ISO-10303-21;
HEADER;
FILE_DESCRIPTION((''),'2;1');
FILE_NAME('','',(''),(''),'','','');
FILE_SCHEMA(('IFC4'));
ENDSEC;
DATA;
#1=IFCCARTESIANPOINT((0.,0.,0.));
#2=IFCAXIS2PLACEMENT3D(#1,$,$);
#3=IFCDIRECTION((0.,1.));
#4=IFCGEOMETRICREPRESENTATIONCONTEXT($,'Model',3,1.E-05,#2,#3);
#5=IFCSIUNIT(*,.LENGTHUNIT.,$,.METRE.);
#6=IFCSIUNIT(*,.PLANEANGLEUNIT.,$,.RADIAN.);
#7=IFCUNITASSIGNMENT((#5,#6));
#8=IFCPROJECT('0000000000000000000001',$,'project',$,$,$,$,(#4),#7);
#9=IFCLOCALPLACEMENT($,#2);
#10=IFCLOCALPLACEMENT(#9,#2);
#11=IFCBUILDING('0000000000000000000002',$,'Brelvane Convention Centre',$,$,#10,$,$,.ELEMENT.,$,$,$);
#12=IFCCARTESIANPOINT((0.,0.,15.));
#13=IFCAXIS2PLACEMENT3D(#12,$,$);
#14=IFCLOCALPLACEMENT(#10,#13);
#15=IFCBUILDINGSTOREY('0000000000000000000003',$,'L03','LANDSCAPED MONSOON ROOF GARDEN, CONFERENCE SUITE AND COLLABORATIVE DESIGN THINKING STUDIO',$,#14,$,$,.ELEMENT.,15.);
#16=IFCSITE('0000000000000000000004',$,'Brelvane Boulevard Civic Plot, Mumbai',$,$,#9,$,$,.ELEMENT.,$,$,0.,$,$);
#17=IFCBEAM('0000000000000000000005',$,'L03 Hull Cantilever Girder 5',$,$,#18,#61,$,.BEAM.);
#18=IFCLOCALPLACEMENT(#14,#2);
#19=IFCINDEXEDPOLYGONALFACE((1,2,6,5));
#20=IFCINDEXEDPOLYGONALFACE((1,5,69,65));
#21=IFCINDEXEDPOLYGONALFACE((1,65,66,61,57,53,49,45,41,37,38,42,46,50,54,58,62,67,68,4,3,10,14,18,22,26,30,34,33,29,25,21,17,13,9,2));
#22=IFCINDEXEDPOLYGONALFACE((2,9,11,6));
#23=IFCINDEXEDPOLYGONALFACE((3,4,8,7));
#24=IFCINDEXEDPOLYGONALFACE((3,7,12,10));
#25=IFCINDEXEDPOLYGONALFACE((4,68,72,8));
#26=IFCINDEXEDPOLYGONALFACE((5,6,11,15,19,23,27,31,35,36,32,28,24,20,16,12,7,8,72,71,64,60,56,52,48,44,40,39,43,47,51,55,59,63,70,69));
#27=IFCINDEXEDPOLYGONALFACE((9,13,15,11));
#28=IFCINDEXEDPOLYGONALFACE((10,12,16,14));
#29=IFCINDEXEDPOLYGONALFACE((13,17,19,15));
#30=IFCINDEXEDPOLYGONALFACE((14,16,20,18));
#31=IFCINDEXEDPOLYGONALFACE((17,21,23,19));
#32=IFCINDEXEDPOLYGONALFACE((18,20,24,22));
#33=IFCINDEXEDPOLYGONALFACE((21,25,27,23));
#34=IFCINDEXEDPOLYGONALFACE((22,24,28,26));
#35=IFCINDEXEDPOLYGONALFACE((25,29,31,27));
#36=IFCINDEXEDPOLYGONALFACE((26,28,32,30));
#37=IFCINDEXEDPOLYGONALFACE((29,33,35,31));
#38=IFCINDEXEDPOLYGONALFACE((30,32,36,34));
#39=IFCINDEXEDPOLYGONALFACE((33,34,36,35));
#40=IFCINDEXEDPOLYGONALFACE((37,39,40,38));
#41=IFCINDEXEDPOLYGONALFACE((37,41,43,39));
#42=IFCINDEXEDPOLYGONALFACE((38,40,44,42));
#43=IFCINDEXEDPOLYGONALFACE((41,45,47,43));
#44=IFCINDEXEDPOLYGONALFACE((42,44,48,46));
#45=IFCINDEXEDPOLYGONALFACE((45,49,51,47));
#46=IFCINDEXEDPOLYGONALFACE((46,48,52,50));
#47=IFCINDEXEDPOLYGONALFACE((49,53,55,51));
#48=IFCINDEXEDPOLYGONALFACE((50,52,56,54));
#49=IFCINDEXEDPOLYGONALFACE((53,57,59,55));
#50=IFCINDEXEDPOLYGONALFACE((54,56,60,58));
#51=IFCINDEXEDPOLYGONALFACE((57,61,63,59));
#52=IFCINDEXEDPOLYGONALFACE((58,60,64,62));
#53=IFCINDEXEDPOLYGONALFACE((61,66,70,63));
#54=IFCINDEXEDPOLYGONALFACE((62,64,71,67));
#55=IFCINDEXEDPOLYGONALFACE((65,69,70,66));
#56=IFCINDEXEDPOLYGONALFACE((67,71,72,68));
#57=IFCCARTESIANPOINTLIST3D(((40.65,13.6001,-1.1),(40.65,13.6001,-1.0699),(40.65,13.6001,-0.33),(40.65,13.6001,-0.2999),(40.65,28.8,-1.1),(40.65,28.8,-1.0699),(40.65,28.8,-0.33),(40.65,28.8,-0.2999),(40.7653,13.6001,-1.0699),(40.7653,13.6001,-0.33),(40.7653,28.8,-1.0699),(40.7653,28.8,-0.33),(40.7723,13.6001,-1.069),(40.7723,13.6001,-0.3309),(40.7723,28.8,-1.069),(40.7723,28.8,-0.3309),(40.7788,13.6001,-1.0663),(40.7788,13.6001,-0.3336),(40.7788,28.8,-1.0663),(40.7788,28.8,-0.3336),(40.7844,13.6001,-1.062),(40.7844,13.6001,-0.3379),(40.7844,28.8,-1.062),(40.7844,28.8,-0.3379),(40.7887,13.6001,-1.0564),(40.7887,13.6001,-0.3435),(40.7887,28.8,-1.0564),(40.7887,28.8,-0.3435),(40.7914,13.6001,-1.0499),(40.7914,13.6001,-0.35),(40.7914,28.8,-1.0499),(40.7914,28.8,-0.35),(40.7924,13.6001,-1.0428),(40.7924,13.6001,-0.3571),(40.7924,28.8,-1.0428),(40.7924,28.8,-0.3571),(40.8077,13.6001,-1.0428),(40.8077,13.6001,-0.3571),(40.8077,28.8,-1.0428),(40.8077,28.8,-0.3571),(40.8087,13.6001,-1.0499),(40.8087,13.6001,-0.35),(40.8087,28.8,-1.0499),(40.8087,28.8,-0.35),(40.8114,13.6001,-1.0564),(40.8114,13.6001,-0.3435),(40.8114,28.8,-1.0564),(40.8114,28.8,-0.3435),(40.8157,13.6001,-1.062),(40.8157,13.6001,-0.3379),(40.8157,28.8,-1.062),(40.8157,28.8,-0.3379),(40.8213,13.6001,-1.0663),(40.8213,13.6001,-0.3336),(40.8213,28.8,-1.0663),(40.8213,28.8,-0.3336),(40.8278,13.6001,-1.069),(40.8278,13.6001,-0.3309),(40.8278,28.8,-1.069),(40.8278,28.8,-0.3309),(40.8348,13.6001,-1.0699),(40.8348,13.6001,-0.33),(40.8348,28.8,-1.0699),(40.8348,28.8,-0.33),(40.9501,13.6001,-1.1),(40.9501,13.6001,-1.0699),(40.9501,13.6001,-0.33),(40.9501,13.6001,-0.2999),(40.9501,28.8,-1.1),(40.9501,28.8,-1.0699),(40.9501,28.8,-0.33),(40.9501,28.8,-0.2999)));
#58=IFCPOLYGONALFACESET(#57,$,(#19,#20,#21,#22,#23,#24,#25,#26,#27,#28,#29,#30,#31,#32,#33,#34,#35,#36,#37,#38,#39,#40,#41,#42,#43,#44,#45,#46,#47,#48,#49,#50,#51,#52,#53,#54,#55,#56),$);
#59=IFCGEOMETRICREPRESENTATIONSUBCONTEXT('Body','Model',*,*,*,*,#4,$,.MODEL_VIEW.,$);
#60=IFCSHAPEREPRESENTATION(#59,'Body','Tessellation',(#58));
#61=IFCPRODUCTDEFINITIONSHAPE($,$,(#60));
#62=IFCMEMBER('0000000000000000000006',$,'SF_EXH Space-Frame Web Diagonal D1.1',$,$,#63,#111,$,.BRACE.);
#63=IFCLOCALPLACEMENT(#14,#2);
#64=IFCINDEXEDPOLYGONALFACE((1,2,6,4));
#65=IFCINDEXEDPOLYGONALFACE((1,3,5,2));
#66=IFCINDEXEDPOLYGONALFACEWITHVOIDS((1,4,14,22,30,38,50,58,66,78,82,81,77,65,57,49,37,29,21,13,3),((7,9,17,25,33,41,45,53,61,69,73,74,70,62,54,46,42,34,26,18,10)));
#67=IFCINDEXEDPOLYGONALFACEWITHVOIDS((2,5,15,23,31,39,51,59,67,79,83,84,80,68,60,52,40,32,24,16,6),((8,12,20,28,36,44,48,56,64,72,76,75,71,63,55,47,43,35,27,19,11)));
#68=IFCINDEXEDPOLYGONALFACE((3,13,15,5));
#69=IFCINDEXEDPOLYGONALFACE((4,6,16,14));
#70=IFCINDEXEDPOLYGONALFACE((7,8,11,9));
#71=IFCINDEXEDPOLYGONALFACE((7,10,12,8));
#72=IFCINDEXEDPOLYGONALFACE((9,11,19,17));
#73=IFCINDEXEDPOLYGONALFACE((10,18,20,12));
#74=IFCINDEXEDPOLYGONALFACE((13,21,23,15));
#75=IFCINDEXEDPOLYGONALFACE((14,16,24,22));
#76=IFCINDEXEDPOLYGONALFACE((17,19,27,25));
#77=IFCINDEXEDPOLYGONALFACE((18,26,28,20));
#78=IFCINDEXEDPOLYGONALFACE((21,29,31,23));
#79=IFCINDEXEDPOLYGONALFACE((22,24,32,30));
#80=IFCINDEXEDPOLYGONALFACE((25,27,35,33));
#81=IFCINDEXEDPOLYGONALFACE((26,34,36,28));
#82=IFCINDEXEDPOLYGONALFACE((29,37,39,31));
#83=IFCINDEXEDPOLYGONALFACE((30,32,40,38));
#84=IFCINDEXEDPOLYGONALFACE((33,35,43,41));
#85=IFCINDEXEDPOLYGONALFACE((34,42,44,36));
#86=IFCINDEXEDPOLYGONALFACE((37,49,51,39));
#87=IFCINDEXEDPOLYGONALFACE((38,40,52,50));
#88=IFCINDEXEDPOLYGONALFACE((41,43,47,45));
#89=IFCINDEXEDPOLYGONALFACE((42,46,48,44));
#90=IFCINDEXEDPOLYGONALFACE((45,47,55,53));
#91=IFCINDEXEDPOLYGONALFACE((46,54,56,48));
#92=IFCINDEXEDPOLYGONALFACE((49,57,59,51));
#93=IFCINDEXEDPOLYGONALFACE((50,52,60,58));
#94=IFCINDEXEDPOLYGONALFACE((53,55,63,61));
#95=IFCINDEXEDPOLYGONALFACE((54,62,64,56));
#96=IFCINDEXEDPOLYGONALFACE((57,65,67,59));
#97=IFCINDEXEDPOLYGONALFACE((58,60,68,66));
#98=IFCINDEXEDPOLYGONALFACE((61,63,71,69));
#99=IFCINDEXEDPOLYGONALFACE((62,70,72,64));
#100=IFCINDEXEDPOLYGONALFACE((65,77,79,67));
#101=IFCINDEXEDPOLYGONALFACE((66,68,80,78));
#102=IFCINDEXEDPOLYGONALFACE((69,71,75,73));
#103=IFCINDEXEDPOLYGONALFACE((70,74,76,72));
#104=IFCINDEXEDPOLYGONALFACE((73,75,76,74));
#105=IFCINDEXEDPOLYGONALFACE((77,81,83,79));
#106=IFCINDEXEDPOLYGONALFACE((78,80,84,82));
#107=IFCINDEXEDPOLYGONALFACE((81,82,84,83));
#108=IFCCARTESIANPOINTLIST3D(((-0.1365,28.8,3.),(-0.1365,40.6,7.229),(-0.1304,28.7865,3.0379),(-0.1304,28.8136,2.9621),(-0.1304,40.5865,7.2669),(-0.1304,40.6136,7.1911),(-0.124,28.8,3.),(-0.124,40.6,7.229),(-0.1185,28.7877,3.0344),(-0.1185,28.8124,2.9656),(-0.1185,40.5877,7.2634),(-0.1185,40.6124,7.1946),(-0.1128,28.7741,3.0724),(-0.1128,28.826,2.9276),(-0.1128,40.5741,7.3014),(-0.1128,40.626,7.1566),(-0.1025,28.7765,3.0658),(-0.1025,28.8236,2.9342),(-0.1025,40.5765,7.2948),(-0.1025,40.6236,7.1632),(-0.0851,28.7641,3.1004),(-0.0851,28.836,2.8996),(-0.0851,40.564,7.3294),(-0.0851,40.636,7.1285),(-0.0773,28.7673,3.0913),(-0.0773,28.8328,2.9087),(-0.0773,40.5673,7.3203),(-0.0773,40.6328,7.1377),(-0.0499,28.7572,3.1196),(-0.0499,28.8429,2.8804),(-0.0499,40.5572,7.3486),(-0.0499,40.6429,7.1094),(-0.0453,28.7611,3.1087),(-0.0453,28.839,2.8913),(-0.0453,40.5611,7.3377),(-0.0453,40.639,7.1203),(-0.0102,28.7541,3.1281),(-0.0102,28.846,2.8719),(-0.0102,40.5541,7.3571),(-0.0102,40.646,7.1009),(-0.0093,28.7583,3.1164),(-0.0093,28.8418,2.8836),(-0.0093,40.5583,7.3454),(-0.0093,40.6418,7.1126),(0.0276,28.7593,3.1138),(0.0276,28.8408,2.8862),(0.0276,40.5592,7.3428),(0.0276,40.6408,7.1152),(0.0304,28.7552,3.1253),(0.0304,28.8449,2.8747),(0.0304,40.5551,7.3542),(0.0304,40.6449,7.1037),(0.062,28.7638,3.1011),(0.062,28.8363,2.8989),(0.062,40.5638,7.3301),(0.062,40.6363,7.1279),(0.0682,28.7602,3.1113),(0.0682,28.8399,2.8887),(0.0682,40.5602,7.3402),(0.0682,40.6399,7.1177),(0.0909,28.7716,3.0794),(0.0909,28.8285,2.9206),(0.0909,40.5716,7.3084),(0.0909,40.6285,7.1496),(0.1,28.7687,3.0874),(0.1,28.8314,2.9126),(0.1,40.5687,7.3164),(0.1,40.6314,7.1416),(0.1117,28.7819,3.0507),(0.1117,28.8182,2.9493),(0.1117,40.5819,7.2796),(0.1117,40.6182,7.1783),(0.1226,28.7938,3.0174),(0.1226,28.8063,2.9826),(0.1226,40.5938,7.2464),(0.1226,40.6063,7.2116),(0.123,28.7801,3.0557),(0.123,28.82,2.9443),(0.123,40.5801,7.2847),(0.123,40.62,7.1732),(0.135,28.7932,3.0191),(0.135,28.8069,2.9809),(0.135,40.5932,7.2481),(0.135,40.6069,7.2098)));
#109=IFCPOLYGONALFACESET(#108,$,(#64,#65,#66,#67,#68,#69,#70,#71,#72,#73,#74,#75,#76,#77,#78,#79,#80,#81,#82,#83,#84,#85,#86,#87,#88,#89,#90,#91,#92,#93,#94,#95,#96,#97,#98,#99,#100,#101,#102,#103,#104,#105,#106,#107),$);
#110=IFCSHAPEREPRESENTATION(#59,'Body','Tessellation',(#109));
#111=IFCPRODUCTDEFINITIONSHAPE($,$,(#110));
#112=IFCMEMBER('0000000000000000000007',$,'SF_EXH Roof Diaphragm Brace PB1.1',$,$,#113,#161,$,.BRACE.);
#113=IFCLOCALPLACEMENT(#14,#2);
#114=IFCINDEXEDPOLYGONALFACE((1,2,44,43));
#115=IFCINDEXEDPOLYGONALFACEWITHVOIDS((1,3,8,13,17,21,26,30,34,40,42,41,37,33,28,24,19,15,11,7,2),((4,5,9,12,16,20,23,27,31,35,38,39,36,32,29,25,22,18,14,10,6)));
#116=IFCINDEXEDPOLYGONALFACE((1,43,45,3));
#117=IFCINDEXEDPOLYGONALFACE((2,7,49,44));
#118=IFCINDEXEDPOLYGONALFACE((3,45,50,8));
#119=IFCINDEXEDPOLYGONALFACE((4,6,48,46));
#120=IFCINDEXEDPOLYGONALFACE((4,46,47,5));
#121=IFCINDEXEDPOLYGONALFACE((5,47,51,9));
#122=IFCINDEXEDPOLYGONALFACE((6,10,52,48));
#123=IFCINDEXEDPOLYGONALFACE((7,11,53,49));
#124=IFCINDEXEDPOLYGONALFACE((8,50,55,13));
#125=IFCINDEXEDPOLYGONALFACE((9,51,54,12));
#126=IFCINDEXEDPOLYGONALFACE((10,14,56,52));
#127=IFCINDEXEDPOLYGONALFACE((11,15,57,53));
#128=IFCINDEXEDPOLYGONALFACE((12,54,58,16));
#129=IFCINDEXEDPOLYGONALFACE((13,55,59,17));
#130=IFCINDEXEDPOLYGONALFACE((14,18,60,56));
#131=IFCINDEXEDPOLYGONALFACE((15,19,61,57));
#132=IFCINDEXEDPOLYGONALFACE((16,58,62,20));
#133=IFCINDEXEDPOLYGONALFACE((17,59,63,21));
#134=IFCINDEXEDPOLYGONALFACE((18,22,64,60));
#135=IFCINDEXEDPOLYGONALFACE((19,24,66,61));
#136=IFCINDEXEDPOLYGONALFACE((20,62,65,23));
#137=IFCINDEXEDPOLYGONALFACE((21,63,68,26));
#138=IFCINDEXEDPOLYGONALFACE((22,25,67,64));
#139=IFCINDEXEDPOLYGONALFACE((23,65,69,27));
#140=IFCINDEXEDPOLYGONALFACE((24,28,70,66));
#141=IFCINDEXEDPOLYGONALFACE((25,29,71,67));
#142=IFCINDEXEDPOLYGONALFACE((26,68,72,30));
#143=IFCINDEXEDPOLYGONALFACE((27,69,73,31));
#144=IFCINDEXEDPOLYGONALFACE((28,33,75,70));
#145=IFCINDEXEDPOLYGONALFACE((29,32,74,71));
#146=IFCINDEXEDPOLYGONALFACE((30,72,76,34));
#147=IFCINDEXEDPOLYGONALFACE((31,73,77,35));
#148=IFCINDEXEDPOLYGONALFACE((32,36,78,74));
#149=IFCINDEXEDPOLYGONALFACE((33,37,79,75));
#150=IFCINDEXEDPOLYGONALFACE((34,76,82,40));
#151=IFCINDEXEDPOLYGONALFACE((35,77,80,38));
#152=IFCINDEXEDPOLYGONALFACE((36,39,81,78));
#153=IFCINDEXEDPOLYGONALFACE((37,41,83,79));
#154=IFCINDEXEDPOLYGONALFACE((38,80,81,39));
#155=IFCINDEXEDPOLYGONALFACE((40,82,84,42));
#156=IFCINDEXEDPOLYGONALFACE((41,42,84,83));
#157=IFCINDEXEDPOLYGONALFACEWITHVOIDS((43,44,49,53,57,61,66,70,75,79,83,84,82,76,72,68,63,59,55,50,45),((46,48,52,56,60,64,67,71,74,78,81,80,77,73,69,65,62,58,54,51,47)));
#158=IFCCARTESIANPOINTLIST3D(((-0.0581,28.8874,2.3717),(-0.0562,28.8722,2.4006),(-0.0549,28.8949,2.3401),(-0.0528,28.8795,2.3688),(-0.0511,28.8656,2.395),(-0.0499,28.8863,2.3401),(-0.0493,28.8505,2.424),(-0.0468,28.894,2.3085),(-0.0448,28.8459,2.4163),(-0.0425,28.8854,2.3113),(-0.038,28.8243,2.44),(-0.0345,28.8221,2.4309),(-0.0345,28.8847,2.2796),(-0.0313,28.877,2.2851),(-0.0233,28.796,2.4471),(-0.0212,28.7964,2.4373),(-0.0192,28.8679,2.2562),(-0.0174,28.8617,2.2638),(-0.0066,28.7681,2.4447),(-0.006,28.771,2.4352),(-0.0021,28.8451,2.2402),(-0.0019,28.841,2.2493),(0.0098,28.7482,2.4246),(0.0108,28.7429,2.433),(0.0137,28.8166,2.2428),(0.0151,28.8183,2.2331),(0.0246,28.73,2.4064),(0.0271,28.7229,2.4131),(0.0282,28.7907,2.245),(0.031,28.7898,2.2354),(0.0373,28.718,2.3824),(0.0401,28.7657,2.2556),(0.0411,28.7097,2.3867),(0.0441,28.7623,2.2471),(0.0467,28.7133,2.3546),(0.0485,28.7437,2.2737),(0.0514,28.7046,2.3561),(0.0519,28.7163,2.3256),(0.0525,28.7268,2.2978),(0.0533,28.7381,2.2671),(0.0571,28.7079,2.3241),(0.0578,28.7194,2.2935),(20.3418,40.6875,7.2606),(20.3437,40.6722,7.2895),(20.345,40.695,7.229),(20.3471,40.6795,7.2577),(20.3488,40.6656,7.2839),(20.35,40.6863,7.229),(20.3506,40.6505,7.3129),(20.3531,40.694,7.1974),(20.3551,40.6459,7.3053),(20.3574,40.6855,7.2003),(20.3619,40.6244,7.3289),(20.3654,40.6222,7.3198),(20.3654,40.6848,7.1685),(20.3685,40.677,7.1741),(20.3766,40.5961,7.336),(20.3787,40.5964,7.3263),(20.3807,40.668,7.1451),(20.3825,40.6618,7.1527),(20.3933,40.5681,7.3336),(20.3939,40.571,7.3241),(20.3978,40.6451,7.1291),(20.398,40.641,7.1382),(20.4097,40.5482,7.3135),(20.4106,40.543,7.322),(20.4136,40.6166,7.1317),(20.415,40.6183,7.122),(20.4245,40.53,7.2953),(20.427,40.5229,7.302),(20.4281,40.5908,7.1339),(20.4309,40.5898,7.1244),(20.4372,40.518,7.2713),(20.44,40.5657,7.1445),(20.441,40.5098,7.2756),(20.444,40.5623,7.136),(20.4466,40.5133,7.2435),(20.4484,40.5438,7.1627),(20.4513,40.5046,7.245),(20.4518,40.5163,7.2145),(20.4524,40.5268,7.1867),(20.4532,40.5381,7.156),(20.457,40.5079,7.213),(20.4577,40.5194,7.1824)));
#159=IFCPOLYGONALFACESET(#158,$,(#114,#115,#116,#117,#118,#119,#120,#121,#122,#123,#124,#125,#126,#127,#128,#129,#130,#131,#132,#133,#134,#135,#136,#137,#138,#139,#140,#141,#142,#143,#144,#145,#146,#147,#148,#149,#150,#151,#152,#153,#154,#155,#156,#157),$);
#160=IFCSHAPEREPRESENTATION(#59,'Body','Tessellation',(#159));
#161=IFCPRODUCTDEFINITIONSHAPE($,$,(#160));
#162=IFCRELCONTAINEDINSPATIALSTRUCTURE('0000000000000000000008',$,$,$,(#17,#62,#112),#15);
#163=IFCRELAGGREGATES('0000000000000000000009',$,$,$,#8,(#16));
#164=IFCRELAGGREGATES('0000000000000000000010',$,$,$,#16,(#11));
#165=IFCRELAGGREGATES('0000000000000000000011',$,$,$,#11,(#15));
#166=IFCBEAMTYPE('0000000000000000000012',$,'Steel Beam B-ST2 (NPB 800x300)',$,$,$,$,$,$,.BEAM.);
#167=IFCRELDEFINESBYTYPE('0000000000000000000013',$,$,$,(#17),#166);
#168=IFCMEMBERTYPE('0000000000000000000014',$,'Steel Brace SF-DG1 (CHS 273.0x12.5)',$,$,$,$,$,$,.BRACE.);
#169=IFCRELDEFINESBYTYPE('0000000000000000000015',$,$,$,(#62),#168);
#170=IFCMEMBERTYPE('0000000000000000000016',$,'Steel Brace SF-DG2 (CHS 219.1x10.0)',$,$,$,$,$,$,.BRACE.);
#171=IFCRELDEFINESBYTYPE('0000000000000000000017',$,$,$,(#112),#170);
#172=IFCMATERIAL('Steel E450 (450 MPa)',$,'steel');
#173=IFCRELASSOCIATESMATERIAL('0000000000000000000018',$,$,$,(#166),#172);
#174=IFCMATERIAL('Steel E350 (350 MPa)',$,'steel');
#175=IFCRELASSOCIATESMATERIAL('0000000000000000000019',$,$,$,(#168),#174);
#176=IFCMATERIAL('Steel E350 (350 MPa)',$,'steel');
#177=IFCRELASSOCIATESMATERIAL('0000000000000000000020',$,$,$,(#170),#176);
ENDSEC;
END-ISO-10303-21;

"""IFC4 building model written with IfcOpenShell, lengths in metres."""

from ifc_helpers import new_model, si_unit, direction, frame, origin, origin_2d, place, context, subcontext, project, spatial, hollow_circle, i_section, extrude, material, material_profile, profile_set, type_object, element, save


model = new_model("IFC4")

# Units and contexts
model_context = context("Model", 3, precision=1e-05, world=origin(), true_north=direction((0.0, 1.0)))
body_context = subcontext(model_context, "Body", "Model", "MODEL_VIEW")
ifc_project = project(units=[si_unit("LENGTHUNIT", "METRE"), si_unit("PLANEANGLEUNIT", "RADIAN")], contexts=[model_context])

# Site, building, storey
site_placement = place(None, origin())
site = spatial("IfcSite", under=ifc_project, at=site_placement, Name="Brelvane Boulevard Civic Plot, Mumbai", CompositionType="ELEMENT", RefElevation=0.0)
building_placement = place(site_placement, origin())
building = spatial("IfcBuilding", under=site, at=building_placement, Name="Brelvane Convention Centre", CompositionType="ELEMENT")
storey_placement = place(building_placement, frame((0.0, 0.0, 15.0)))
storey = spatial("IfcBuildingStorey", under=building, at=storey_placement, Name="L03", Description="LANDSCAPED MONSOON ROOF GARDEN, CONFERENCE SUITE AND COLLABORATIVE DESIGN THINKING STUDIO", CompositionType="ELEMENT", Elevation=15.0)

# Beam
ifc_material_1 = material(Name="Steel E450 (450 MPa)", Category="steel")
ifc_material_profile_1 = material_profile(ifc_material_1, i_section(OverallWidth=0.3, OverallDepth=0.8, WebThickness=0.0154, FlangeThickness=0.03, FilletRadius=0.0271, at=origin_2d()), Name="NPB 800x300")
ifc_profile_set_1 = profile_set([ifc_material_profile_1], Name="Steel E450 (450 MPa)")
beam_type_1 = type_object("IfcBeamType", Name="Steel Beam B-ST2 (NPB 800x300)", PredefinedType="BEAM", material=ifc_profile_set_1)
for number, where, z_axis, x_axis, name in (
    (1, (40.8, 13.6001, -0.7), (0.0, 1.0, 0.0), (-1.0, 0.0, 0.0), "L03 Hull Cantilever Girder 5"),
):
    element("IfcBeam", number, at=place(storey_placement, frame(where, z_axis=z_axis, x_axis=x_axis)), inside=storey, type_object=beam_type_1, Name=name, PredefinedType="BEAM", context=body_context, shape_type="SweptSolid", body=[
        extrude(i_section(OverallWidth=0.3, OverallDepth=0.8, WebThickness=0.0154, FlangeThickness=0.03, FilletRadius=0.0271, at=origin_2d()), origin(), (0.0, 0.0, 1.0), 15.2),
    ])

# Members
ifc_material_2 = material(Name="Steel E350 (350 MPa)", Category="steel")
ifc_material_profile_2 = material_profile(ifc_material_2, hollow_circle(Radius=0.1365, WallThickness=0.0125, at=origin_2d()), Name="CHS 273.0x12.5")
ifc_profile_set_2 = profile_set([ifc_material_profile_2], Name="Steel E350 (350 MPa)")
member_type_1 = type_object("IfcMemberType", Name="Steel Brace SF-DG1 (CHS 273.0x12.5)", PredefinedType="BRACE", material=ifc_profile_set_2)
member_1_placement = place(storey_placement, frame((0.0, 28.8, 3.0), z_axis=(0.0, 0.94137, 0.337376), x_axis=(-1.0, 0.0, 0.0)))
element("IfcMember", 2, at=member_1_placement, inside=storey, type_object=member_type_1, Name="SF_EXH Space-Frame Web Diagonal D1.1", PredefinedType="BRACE", context=body_context, shape_type="SweptSolid", body=[
    extrude(hollow_circle(Radius=0.1365, WallThickness=0.0125, at=origin_2d()), origin(), (0.0, 0.0, 1.0), 12.5349),
])
ifc_material_3 = material(Name="Steel E350 (350 MPa)", Category="steel")
ifc_material_profile_3 = material_profile(ifc_material_3, hollow_circle(Radius=0.1096, WallThickness=0.01, at=origin_2d()), Name="CHS 219.1x10.0")
ifc_profile_set_3 = profile_set([ifc_material_profile_3], Name="Steel E350 (350 MPa)")
member_type_2 = type_object("IfcMemberType", Name="Steel Brace SF-DG2 (CHS 219.1x10.0)", PredefinedType="BRACE", material=ifc_profile_set_3)
member_2_placement = place(storey_placement, frame((0.0, 28.8, 2.3401), z_axis=(0.847572, 0.490267, 0.203124), x_axis=(-0.500705, 0.865618, 0.0)))
element("IfcMember", 3, at=member_2_placement, inside=storey, type_object=member_type_2, Name="SF_EXH Roof Diaphragm Brace PB1.1", PredefinedType="BRACE", context=body_context, shape_type="SweptSolid", body=[
    extrude(hollow_circle(Radius=0.1096, WallThickness=0.01, at=origin_2d()), origin(), (0.0, 0.0, 1.0), 24.0686),
])

save(model, "model.ifc")
